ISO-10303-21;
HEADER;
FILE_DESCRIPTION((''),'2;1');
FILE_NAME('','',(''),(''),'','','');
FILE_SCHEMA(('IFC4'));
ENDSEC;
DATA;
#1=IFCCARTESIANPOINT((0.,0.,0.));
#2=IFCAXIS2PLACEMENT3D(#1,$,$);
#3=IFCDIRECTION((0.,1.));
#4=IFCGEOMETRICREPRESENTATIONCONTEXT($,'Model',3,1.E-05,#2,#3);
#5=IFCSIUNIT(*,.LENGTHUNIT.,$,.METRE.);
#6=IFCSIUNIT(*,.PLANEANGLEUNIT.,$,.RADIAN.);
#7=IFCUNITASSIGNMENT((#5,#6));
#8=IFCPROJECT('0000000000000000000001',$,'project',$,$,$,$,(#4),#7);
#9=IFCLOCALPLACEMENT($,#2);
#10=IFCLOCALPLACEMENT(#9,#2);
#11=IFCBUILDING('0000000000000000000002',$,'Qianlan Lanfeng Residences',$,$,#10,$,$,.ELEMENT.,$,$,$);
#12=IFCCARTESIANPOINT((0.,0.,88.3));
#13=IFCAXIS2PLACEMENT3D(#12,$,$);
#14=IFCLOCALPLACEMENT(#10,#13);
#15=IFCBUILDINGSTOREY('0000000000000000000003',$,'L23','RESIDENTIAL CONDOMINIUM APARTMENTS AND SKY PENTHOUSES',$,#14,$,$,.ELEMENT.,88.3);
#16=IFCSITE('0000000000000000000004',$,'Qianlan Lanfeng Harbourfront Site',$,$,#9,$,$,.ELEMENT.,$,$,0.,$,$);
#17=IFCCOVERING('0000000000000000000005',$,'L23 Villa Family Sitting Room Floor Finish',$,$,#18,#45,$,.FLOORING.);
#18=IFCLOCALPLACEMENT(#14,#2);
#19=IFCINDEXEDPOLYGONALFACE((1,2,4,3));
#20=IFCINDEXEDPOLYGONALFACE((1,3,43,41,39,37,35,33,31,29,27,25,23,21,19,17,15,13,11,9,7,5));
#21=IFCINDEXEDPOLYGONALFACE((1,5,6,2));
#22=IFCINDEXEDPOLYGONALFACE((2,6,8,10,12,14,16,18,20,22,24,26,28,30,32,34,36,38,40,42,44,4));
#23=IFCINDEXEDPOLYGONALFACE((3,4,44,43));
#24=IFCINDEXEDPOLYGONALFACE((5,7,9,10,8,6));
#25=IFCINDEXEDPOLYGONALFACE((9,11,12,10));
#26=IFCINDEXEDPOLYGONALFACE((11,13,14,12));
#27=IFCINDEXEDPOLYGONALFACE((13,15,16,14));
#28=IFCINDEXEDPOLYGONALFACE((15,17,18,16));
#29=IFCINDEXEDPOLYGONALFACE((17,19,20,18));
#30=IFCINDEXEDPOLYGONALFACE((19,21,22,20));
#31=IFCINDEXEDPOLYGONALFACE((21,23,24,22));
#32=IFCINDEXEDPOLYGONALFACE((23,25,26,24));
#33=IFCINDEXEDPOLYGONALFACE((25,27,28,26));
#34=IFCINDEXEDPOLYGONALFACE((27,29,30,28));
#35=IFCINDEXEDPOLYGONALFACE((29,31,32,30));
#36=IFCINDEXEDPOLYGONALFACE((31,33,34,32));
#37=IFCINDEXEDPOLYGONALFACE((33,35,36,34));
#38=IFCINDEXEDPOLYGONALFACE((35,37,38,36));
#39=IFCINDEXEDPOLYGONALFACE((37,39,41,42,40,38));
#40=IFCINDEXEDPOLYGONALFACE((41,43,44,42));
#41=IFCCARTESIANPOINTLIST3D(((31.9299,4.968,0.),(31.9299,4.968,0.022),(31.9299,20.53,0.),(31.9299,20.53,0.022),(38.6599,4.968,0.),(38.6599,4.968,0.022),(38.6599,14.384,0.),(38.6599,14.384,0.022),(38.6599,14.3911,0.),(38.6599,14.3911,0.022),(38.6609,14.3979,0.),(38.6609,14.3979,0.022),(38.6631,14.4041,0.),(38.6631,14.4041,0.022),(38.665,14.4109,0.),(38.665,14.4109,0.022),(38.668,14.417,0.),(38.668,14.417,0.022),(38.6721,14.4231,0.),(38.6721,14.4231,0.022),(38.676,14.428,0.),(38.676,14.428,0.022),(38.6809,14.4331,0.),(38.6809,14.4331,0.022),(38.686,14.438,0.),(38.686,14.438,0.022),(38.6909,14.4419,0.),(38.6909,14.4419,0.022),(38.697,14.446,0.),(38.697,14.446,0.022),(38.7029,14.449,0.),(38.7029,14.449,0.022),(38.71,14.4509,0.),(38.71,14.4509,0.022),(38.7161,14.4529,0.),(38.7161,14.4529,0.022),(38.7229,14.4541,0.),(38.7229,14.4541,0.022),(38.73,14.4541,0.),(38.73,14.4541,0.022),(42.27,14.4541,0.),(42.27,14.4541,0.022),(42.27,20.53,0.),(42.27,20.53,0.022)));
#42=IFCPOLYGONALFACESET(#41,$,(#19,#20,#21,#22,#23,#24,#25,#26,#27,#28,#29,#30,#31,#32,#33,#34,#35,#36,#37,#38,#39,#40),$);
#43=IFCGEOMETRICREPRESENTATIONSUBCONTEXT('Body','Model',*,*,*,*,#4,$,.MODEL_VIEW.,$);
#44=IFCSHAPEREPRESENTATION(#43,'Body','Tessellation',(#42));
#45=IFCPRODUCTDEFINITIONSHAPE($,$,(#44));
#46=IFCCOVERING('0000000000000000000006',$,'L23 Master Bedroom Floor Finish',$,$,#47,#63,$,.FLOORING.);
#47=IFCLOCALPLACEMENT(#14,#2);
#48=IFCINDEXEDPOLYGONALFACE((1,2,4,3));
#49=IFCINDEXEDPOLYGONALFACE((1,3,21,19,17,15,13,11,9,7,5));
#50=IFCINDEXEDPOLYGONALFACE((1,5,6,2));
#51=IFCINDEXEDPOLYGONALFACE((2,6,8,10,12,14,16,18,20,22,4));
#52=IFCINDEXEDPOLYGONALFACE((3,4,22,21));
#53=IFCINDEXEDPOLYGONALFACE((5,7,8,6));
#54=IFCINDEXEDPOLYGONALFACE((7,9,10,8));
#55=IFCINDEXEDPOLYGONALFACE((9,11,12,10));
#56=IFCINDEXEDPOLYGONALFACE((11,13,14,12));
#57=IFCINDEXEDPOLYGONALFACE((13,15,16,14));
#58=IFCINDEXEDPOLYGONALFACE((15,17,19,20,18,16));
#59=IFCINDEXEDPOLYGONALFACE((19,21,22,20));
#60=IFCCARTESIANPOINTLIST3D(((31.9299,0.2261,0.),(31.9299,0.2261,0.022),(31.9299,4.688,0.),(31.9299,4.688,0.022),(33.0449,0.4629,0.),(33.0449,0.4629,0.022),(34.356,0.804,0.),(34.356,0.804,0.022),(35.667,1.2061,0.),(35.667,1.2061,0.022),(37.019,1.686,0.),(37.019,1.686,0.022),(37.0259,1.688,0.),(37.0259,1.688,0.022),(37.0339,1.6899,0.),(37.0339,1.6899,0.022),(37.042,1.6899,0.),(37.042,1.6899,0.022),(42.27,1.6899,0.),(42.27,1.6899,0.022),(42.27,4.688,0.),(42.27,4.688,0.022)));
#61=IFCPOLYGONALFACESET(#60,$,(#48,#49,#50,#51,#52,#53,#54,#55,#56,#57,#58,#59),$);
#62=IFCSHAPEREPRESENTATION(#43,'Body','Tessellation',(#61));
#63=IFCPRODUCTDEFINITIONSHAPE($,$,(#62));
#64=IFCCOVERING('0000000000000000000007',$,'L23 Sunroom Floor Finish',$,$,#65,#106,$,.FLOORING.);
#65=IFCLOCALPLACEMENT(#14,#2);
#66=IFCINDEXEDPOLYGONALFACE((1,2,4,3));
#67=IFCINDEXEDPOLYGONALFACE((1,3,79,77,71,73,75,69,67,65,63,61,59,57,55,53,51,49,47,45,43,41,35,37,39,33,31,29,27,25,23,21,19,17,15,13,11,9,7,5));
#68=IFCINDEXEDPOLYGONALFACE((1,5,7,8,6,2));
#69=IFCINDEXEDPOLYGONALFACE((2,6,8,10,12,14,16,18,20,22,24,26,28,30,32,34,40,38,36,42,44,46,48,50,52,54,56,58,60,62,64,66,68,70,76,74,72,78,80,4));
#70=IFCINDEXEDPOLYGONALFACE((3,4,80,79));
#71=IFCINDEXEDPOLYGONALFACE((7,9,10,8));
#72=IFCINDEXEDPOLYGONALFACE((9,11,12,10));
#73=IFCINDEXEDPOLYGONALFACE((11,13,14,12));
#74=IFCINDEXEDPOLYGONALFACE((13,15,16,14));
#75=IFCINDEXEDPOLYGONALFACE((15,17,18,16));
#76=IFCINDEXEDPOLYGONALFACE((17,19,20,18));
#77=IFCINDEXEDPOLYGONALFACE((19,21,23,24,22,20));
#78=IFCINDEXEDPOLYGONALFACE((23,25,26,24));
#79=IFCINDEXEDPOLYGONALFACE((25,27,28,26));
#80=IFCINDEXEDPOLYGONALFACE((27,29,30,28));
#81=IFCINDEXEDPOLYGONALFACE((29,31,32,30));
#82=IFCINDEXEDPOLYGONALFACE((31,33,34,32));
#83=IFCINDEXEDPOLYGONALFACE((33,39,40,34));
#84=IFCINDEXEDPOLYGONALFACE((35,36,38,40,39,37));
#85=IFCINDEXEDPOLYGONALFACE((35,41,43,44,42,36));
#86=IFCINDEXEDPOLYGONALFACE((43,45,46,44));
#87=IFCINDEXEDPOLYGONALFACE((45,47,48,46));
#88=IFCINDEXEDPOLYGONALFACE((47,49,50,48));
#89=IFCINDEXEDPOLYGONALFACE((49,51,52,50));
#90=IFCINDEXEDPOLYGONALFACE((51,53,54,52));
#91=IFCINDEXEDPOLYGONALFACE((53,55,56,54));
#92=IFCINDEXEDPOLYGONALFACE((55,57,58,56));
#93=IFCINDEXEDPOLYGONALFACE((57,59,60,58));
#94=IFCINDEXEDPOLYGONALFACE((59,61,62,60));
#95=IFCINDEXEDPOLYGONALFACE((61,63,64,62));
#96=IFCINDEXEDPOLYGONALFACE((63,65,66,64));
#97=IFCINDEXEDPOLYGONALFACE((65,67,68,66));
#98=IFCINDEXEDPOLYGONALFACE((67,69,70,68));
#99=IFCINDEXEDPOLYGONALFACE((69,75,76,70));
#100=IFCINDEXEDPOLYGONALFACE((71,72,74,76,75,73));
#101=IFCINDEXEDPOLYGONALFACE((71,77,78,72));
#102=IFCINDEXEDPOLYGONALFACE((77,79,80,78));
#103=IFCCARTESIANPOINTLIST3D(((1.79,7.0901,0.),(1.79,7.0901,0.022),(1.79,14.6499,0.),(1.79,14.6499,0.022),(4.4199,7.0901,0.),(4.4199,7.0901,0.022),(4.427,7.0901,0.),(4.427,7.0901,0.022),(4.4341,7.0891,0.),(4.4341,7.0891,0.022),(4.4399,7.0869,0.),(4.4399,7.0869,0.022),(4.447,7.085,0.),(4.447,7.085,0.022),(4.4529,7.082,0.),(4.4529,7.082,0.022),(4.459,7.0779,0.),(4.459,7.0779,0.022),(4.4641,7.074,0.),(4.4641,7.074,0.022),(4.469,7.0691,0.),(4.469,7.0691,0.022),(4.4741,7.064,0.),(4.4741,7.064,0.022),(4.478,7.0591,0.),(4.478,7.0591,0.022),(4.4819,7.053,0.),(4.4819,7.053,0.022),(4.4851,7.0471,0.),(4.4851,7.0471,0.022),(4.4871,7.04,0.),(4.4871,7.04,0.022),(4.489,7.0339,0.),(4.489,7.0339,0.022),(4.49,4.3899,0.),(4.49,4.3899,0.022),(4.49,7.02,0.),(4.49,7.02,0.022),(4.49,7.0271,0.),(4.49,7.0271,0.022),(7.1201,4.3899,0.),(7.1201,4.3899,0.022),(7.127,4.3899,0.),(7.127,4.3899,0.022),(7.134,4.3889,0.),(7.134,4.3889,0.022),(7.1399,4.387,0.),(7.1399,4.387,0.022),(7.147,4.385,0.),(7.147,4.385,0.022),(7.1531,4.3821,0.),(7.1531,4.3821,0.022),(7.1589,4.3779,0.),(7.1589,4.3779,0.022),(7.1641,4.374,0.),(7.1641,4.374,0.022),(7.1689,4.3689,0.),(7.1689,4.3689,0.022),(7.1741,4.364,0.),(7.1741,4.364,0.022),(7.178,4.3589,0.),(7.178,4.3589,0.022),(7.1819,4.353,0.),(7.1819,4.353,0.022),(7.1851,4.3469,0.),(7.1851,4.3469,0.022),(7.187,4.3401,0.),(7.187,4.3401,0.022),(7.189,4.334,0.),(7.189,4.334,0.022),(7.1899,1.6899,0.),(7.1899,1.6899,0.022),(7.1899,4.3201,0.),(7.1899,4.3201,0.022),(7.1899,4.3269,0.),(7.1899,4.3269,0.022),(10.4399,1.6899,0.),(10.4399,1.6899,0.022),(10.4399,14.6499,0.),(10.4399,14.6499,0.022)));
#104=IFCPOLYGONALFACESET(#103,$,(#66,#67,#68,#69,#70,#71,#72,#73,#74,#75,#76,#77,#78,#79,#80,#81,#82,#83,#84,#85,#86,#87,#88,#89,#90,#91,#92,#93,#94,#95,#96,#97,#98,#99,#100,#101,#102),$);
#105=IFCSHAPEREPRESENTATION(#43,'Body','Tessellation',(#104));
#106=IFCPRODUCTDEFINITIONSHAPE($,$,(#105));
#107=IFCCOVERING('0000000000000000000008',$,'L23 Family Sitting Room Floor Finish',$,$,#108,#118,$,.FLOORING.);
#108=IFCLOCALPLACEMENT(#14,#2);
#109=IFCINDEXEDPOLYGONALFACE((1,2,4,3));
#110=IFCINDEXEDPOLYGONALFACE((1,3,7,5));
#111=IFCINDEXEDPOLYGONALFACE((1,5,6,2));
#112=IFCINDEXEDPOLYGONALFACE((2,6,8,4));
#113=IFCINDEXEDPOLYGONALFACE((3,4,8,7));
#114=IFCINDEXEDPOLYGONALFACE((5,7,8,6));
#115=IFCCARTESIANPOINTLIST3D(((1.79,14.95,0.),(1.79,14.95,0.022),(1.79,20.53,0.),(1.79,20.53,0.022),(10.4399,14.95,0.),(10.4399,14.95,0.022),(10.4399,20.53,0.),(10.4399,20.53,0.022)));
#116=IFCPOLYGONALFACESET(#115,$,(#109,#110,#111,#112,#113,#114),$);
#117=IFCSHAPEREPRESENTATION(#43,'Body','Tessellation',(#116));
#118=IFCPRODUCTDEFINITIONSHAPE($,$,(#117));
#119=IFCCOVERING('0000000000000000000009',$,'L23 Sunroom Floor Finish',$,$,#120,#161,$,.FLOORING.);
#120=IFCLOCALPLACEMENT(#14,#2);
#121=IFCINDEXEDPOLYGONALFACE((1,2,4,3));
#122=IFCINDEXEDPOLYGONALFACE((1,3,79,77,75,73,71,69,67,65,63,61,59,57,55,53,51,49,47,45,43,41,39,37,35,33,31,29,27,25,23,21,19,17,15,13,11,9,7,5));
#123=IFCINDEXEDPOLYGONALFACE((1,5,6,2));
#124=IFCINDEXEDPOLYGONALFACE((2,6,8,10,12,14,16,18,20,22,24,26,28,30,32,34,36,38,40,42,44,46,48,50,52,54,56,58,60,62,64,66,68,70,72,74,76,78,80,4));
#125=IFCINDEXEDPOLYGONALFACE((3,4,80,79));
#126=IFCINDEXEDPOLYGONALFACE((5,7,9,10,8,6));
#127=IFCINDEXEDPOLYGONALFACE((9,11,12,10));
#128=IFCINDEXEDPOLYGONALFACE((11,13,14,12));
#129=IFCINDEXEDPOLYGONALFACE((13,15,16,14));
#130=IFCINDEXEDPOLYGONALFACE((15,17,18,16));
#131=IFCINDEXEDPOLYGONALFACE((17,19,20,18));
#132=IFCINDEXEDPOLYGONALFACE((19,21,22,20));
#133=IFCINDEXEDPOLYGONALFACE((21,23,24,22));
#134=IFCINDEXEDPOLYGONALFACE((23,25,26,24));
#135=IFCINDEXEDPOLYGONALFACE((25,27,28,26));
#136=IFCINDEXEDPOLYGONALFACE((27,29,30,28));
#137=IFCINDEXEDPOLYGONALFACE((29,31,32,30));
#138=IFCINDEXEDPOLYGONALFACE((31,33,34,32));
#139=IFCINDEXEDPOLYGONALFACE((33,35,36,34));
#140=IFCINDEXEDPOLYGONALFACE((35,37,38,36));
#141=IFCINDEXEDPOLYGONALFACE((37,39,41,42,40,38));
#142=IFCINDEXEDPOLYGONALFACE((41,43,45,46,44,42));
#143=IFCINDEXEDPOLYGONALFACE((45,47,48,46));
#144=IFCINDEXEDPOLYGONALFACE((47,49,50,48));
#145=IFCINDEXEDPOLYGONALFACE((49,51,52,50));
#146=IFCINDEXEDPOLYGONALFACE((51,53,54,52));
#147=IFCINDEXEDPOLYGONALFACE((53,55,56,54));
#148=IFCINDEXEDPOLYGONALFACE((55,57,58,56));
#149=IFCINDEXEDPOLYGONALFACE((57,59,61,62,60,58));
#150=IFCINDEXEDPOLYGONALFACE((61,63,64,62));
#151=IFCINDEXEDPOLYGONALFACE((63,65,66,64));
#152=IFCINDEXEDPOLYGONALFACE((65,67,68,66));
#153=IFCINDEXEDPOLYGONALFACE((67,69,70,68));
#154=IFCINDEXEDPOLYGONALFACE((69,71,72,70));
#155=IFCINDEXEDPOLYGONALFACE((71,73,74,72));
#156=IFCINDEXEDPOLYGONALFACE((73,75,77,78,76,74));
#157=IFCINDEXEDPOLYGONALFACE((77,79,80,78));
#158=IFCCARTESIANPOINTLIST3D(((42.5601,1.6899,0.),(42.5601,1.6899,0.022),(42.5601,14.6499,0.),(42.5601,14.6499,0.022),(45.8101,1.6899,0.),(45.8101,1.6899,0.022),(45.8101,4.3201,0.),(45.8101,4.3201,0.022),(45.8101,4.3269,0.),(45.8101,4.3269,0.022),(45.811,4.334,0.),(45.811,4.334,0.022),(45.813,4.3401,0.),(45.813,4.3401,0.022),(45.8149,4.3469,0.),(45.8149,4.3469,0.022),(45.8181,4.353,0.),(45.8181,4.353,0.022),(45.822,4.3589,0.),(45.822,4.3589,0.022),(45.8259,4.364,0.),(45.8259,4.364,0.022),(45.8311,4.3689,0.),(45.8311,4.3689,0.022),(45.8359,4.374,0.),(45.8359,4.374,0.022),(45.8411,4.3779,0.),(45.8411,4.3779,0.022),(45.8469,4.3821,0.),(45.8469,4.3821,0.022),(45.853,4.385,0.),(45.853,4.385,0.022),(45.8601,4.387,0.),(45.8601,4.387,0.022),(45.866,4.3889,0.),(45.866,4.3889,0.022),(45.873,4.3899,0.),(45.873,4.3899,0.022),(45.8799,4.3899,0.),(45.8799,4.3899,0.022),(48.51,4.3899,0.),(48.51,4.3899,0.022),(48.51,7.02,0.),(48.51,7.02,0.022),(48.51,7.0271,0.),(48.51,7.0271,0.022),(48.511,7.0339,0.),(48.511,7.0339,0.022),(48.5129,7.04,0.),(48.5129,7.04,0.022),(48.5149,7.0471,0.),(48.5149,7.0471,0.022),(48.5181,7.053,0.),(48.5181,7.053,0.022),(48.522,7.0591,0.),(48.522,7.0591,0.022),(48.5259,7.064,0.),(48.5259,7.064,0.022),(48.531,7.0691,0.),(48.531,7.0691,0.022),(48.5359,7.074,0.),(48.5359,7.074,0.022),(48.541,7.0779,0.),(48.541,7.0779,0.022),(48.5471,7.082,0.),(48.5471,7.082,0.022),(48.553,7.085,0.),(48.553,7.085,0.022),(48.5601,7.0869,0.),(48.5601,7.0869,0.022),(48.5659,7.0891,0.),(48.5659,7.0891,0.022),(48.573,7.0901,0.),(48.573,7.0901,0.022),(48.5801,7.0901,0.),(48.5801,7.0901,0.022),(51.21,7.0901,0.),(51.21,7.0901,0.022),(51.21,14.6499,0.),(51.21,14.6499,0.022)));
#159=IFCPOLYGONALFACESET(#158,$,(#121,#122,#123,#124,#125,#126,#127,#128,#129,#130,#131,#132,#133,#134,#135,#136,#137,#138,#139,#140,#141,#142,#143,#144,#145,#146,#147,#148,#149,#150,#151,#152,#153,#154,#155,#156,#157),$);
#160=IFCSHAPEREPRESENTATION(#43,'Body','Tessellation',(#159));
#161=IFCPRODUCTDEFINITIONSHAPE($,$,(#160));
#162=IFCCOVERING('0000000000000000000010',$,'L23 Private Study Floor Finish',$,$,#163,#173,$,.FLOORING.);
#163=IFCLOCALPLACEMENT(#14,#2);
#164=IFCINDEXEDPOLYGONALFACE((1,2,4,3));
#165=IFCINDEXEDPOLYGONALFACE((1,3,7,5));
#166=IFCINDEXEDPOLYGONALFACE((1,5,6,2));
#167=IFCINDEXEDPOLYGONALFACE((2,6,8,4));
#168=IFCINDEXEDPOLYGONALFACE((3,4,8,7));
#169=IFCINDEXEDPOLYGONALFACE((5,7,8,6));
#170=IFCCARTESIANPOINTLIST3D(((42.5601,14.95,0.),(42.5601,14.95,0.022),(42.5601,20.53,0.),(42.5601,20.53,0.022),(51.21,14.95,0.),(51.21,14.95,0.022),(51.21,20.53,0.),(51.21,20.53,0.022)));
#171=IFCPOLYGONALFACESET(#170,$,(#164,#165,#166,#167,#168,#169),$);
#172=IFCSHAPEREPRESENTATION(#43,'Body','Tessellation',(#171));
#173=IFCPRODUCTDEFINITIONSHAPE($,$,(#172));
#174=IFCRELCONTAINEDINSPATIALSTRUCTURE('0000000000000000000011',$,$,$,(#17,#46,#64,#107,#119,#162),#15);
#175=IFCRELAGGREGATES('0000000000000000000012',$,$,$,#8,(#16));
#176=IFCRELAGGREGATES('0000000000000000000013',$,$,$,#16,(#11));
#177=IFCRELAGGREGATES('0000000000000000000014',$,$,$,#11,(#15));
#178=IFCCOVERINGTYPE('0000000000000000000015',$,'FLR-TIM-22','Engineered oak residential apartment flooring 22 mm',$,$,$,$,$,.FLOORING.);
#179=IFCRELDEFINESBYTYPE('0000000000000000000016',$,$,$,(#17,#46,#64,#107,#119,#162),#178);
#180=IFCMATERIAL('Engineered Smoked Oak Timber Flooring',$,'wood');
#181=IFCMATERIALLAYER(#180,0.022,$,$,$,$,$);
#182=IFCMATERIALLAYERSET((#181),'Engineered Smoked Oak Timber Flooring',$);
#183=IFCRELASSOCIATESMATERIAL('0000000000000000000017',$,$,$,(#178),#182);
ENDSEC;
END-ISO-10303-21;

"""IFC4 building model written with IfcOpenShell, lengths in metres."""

from ifc_helpers import new_model, si_unit, direction, frame, origin, place, context, subcontext, project, spatial, polyline, outline, extrude, material, layer, layer_set, type_object, element, save


model = new_model("IFC4")

# Units and contexts
model_context = context("Model", 3, precision=1e-05, world=origin(), true_north=direction((0.0, 1.0)))
body_context = subcontext(model_context, "Body", "Model", "MODEL_VIEW")
ifc_project = project(units=[si_unit("LENGTHUNIT", "METRE"), si_unit("PLANEANGLEUNIT", "RADIAN")], contexts=[model_context])

# Site, building, storey
site_placement = place(None, origin())
site = spatial("IfcSite", under=ifc_project, at=site_placement, Name="Qianlan Lanfeng Harbourfront Site", CompositionType="ELEMENT", RefElevation=0.0)
building_placement = place(site_placement, origin())
building = spatial("IfcBuilding", under=site, at=building_placement, Name="Qianlan Lanfeng Residences", CompositionType="ELEMENT")
storey_placement = place(building_placement, frame((0.0, 0.0, 88.3)))
storey = spatial("IfcBuildingStorey", under=building, at=storey_placement, Name="L23", Description="RESIDENTIAL CONDOMINIUM APARTMENTS AND SKY PENTHOUSES", CompositionType="ELEMENT", Elevation=88.3)

# Coverings
ifc_material_1 = material(Name="Engineered Smoked Oak Timber Flooring", Category="wood")
ifc_layer_1 = layer(ifc_material_1, 0.022)
ifc_layer_set_1 = layer_set([ifc_layer_1], Name="Engineered Smoked Oak Timber Flooring")
covering_type_1 = type_object("IfcCoveringType", Name="FLR-TIM-22", Description="Engineered oak residential apartment flooring 22 mm", PredefinedType="FLOORING", material=ifc_layer_set_1)
covering_1_placement = place(storey_placement, origin())
element("IfcCovering", 1, at=covering_1_placement, inside=storey, type_object=covering_type_1, Name="L23 Villa Family Sitting Room Floor Finish", PredefinedType="FLOORING", context=body_context, shape_type="SweptSolid", body=[
    extrude(outline(polyline([(31.9299, 4.968), (38.6599, 4.968), (38.6599, 14.384), (38.6599, 14.3911), (38.6609, 14.3979), (38.6631, 14.4041), (38.665, 14.4109), (38.668, 14.417), (38.6721, 14.4231), (38.676, 14.428), (38.6809, 14.4331), (38.686, 14.438), (38.6909, 14.4419), (38.697, 14.446), (38.7029, 14.449), (38.71, 14.4509), (38.7161, 14.4529), (38.7229, 14.4541), (38.73, 14.4541), (42.27, 14.4541), (42.27, 20.53), (31.9299, 20.53), (31.9299, 4.968)])), origin(), (0.0, 0.0, 1.0), 0.022),
])
covering_2_placement = place(storey_placement, origin())
element("IfcCovering", 2, at=covering_2_placement, inside=storey, type_object=covering_type_1, Name="L23 Master Bedroom Floor Finish", PredefinedType="FLOORING", context=body_context, shape_type="SweptSolid", body=[
    extrude(outline(polyline([(31.9299, 4.688), (31.9299, 0.2261), (33.0449, 0.4629), (34.356, 0.804), (35.667, 1.2061), (37.019, 1.686), (37.0259, 1.688), (37.0339, 1.6899), (37.042, 1.6899), (42.27, 1.6899), (42.27, 4.688), (31.9299, 4.688)])), origin(), (0.0, 0.0, 1.0), 0.022),
])
covering_3_placement = place(storey_placement, origin())
element("IfcCovering", 3, at=covering_3_placement, inside=storey, type_object=covering_type_1, Name="L23 Sunroom Floor Finish", PredefinedType="FLOORING", context=body_context, shape_type="SweptSolid", body=[
    extrude(outline(polyline([(10.4399, 14.6499), (1.79, 14.6499), (1.79, 7.0901), (4.4199, 7.0901), (4.427, 7.0901), (4.4341, 7.0891), (4.4399, 7.0869), (4.447, 7.085), (4.4529, 7.082), (4.459, 7.0779), (4.4641, 7.074), (4.469, 7.0691), (4.4741, 7.064), (4.478, 7.0591), (4.4819, 7.053), (4.4851, 7.0471), (4.4871, 7.04), (4.489, 7.0339), (4.49, 7.0271), (4.49, 7.02), (4.49, 4.3899), (7.1201, 4.3899), (7.127, 4.3899), (7.134, 4.3889), (7.1399, 4.387), (7.147, 4.385), (7.1531, 4.3821), (7.1589, 4.3779), (7.1641, 4.374), (7.1689, 4.3689), (7.1741, 4.364), (7.178, 4.3589), (7.1819, 4.353), (7.1851, 4.3469), (7.187, 4.3401), (7.189, 4.334), (7.1899, 4.3269), (7.1899, 4.3201), (7.1899, 1.6899), (10.4399, 1.6899), (10.4399, 14.6499)])), origin(), (0.0, 0.0, 1.0), 0.022),
])
covering_4_placement = place(storey_placement, origin())
element("IfcCovering", 4, at=covering_4_placement, inside=storey, type_object=covering_type_1, Name="L23 Family Sitting Room Floor Finish", PredefinedType="FLOORING", context=body_context, shape_type="SweptSolid", body=[
    extrude(outline(polyline([(10.4399, 20.53), (1.79, 20.53), (1.79, 14.95), (10.4399, 14.95), (10.4399, 20.53)])), origin(), (0.0, 0.0, 1.0), 0.022),
])
covering_5_placement = place(storey_placement, origin())
element("IfcCovering", 5, at=covering_5_placement, inside=storey, type_object=covering_type_1, Name="L23 Sunroom Floor Finish", PredefinedType="FLOORING", context=body_context, shape_type="SweptSolid", body=[
    extrude(outline(polyline([(51.21, 14.6499), (42.5601, 14.6499), (42.5601, 1.6899), (45.8101, 1.6899), (45.8101, 4.3201), (45.8101, 4.3269), (45.811, 4.334), (45.813, 4.3401), (45.8149, 4.3469), (45.8181, 4.353), (45.822, 4.3589), (45.8259, 4.364), (45.8311, 4.3689), (45.8359, 4.374), (45.8411, 4.3779), (45.8469, 4.3821), (45.853, 4.385), (45.8601, 4.387), (45.866, 4.3889), (45.873, 4.3899), (45.8799, 4.3899), (48.51, 4.3899), (48.51, 7.02), (48.51, 7.0271), (48.511, 7.0339), (48.5129, 7.04), (48.5149, 7.0471), (48.5181, 7.053), (48.522, 7.0591), (48.5259, 7.064), (48.531, 7.0691), (48.5359, 7.074), (48.541, 7.0779), (48.5471, 7.082), (48.553, 7.085), (48.5601, 7.0869), (48.5659, 7.0891), (48.573, 7.0901), (48.5801, 7.0901), (51.21, 7.0901), (51.21, 14.6499)])), origin(), (0.0, 0.0, 1.0), 0.022),
])
covering_6_placement = place(storey_placement, origin())
element("IfcCovering", 6, at=covering_6_placement, inside=storey, type_object=covering_type_1, Name="L23 Private Study Floor Finish", PredefinedType="FLOORING", context=body_context, shape_type="SweptSolid", body=[
    extrude(outline(polyline([(51.21, 20.53), (42.5601, 20.53), (42.5601, 14.95), (51.21, 14.95), (51.21, 20.53)])), origin(), (0.0, 0.0, 1.0), 0.022),
])

save(model, "model.ifc")
